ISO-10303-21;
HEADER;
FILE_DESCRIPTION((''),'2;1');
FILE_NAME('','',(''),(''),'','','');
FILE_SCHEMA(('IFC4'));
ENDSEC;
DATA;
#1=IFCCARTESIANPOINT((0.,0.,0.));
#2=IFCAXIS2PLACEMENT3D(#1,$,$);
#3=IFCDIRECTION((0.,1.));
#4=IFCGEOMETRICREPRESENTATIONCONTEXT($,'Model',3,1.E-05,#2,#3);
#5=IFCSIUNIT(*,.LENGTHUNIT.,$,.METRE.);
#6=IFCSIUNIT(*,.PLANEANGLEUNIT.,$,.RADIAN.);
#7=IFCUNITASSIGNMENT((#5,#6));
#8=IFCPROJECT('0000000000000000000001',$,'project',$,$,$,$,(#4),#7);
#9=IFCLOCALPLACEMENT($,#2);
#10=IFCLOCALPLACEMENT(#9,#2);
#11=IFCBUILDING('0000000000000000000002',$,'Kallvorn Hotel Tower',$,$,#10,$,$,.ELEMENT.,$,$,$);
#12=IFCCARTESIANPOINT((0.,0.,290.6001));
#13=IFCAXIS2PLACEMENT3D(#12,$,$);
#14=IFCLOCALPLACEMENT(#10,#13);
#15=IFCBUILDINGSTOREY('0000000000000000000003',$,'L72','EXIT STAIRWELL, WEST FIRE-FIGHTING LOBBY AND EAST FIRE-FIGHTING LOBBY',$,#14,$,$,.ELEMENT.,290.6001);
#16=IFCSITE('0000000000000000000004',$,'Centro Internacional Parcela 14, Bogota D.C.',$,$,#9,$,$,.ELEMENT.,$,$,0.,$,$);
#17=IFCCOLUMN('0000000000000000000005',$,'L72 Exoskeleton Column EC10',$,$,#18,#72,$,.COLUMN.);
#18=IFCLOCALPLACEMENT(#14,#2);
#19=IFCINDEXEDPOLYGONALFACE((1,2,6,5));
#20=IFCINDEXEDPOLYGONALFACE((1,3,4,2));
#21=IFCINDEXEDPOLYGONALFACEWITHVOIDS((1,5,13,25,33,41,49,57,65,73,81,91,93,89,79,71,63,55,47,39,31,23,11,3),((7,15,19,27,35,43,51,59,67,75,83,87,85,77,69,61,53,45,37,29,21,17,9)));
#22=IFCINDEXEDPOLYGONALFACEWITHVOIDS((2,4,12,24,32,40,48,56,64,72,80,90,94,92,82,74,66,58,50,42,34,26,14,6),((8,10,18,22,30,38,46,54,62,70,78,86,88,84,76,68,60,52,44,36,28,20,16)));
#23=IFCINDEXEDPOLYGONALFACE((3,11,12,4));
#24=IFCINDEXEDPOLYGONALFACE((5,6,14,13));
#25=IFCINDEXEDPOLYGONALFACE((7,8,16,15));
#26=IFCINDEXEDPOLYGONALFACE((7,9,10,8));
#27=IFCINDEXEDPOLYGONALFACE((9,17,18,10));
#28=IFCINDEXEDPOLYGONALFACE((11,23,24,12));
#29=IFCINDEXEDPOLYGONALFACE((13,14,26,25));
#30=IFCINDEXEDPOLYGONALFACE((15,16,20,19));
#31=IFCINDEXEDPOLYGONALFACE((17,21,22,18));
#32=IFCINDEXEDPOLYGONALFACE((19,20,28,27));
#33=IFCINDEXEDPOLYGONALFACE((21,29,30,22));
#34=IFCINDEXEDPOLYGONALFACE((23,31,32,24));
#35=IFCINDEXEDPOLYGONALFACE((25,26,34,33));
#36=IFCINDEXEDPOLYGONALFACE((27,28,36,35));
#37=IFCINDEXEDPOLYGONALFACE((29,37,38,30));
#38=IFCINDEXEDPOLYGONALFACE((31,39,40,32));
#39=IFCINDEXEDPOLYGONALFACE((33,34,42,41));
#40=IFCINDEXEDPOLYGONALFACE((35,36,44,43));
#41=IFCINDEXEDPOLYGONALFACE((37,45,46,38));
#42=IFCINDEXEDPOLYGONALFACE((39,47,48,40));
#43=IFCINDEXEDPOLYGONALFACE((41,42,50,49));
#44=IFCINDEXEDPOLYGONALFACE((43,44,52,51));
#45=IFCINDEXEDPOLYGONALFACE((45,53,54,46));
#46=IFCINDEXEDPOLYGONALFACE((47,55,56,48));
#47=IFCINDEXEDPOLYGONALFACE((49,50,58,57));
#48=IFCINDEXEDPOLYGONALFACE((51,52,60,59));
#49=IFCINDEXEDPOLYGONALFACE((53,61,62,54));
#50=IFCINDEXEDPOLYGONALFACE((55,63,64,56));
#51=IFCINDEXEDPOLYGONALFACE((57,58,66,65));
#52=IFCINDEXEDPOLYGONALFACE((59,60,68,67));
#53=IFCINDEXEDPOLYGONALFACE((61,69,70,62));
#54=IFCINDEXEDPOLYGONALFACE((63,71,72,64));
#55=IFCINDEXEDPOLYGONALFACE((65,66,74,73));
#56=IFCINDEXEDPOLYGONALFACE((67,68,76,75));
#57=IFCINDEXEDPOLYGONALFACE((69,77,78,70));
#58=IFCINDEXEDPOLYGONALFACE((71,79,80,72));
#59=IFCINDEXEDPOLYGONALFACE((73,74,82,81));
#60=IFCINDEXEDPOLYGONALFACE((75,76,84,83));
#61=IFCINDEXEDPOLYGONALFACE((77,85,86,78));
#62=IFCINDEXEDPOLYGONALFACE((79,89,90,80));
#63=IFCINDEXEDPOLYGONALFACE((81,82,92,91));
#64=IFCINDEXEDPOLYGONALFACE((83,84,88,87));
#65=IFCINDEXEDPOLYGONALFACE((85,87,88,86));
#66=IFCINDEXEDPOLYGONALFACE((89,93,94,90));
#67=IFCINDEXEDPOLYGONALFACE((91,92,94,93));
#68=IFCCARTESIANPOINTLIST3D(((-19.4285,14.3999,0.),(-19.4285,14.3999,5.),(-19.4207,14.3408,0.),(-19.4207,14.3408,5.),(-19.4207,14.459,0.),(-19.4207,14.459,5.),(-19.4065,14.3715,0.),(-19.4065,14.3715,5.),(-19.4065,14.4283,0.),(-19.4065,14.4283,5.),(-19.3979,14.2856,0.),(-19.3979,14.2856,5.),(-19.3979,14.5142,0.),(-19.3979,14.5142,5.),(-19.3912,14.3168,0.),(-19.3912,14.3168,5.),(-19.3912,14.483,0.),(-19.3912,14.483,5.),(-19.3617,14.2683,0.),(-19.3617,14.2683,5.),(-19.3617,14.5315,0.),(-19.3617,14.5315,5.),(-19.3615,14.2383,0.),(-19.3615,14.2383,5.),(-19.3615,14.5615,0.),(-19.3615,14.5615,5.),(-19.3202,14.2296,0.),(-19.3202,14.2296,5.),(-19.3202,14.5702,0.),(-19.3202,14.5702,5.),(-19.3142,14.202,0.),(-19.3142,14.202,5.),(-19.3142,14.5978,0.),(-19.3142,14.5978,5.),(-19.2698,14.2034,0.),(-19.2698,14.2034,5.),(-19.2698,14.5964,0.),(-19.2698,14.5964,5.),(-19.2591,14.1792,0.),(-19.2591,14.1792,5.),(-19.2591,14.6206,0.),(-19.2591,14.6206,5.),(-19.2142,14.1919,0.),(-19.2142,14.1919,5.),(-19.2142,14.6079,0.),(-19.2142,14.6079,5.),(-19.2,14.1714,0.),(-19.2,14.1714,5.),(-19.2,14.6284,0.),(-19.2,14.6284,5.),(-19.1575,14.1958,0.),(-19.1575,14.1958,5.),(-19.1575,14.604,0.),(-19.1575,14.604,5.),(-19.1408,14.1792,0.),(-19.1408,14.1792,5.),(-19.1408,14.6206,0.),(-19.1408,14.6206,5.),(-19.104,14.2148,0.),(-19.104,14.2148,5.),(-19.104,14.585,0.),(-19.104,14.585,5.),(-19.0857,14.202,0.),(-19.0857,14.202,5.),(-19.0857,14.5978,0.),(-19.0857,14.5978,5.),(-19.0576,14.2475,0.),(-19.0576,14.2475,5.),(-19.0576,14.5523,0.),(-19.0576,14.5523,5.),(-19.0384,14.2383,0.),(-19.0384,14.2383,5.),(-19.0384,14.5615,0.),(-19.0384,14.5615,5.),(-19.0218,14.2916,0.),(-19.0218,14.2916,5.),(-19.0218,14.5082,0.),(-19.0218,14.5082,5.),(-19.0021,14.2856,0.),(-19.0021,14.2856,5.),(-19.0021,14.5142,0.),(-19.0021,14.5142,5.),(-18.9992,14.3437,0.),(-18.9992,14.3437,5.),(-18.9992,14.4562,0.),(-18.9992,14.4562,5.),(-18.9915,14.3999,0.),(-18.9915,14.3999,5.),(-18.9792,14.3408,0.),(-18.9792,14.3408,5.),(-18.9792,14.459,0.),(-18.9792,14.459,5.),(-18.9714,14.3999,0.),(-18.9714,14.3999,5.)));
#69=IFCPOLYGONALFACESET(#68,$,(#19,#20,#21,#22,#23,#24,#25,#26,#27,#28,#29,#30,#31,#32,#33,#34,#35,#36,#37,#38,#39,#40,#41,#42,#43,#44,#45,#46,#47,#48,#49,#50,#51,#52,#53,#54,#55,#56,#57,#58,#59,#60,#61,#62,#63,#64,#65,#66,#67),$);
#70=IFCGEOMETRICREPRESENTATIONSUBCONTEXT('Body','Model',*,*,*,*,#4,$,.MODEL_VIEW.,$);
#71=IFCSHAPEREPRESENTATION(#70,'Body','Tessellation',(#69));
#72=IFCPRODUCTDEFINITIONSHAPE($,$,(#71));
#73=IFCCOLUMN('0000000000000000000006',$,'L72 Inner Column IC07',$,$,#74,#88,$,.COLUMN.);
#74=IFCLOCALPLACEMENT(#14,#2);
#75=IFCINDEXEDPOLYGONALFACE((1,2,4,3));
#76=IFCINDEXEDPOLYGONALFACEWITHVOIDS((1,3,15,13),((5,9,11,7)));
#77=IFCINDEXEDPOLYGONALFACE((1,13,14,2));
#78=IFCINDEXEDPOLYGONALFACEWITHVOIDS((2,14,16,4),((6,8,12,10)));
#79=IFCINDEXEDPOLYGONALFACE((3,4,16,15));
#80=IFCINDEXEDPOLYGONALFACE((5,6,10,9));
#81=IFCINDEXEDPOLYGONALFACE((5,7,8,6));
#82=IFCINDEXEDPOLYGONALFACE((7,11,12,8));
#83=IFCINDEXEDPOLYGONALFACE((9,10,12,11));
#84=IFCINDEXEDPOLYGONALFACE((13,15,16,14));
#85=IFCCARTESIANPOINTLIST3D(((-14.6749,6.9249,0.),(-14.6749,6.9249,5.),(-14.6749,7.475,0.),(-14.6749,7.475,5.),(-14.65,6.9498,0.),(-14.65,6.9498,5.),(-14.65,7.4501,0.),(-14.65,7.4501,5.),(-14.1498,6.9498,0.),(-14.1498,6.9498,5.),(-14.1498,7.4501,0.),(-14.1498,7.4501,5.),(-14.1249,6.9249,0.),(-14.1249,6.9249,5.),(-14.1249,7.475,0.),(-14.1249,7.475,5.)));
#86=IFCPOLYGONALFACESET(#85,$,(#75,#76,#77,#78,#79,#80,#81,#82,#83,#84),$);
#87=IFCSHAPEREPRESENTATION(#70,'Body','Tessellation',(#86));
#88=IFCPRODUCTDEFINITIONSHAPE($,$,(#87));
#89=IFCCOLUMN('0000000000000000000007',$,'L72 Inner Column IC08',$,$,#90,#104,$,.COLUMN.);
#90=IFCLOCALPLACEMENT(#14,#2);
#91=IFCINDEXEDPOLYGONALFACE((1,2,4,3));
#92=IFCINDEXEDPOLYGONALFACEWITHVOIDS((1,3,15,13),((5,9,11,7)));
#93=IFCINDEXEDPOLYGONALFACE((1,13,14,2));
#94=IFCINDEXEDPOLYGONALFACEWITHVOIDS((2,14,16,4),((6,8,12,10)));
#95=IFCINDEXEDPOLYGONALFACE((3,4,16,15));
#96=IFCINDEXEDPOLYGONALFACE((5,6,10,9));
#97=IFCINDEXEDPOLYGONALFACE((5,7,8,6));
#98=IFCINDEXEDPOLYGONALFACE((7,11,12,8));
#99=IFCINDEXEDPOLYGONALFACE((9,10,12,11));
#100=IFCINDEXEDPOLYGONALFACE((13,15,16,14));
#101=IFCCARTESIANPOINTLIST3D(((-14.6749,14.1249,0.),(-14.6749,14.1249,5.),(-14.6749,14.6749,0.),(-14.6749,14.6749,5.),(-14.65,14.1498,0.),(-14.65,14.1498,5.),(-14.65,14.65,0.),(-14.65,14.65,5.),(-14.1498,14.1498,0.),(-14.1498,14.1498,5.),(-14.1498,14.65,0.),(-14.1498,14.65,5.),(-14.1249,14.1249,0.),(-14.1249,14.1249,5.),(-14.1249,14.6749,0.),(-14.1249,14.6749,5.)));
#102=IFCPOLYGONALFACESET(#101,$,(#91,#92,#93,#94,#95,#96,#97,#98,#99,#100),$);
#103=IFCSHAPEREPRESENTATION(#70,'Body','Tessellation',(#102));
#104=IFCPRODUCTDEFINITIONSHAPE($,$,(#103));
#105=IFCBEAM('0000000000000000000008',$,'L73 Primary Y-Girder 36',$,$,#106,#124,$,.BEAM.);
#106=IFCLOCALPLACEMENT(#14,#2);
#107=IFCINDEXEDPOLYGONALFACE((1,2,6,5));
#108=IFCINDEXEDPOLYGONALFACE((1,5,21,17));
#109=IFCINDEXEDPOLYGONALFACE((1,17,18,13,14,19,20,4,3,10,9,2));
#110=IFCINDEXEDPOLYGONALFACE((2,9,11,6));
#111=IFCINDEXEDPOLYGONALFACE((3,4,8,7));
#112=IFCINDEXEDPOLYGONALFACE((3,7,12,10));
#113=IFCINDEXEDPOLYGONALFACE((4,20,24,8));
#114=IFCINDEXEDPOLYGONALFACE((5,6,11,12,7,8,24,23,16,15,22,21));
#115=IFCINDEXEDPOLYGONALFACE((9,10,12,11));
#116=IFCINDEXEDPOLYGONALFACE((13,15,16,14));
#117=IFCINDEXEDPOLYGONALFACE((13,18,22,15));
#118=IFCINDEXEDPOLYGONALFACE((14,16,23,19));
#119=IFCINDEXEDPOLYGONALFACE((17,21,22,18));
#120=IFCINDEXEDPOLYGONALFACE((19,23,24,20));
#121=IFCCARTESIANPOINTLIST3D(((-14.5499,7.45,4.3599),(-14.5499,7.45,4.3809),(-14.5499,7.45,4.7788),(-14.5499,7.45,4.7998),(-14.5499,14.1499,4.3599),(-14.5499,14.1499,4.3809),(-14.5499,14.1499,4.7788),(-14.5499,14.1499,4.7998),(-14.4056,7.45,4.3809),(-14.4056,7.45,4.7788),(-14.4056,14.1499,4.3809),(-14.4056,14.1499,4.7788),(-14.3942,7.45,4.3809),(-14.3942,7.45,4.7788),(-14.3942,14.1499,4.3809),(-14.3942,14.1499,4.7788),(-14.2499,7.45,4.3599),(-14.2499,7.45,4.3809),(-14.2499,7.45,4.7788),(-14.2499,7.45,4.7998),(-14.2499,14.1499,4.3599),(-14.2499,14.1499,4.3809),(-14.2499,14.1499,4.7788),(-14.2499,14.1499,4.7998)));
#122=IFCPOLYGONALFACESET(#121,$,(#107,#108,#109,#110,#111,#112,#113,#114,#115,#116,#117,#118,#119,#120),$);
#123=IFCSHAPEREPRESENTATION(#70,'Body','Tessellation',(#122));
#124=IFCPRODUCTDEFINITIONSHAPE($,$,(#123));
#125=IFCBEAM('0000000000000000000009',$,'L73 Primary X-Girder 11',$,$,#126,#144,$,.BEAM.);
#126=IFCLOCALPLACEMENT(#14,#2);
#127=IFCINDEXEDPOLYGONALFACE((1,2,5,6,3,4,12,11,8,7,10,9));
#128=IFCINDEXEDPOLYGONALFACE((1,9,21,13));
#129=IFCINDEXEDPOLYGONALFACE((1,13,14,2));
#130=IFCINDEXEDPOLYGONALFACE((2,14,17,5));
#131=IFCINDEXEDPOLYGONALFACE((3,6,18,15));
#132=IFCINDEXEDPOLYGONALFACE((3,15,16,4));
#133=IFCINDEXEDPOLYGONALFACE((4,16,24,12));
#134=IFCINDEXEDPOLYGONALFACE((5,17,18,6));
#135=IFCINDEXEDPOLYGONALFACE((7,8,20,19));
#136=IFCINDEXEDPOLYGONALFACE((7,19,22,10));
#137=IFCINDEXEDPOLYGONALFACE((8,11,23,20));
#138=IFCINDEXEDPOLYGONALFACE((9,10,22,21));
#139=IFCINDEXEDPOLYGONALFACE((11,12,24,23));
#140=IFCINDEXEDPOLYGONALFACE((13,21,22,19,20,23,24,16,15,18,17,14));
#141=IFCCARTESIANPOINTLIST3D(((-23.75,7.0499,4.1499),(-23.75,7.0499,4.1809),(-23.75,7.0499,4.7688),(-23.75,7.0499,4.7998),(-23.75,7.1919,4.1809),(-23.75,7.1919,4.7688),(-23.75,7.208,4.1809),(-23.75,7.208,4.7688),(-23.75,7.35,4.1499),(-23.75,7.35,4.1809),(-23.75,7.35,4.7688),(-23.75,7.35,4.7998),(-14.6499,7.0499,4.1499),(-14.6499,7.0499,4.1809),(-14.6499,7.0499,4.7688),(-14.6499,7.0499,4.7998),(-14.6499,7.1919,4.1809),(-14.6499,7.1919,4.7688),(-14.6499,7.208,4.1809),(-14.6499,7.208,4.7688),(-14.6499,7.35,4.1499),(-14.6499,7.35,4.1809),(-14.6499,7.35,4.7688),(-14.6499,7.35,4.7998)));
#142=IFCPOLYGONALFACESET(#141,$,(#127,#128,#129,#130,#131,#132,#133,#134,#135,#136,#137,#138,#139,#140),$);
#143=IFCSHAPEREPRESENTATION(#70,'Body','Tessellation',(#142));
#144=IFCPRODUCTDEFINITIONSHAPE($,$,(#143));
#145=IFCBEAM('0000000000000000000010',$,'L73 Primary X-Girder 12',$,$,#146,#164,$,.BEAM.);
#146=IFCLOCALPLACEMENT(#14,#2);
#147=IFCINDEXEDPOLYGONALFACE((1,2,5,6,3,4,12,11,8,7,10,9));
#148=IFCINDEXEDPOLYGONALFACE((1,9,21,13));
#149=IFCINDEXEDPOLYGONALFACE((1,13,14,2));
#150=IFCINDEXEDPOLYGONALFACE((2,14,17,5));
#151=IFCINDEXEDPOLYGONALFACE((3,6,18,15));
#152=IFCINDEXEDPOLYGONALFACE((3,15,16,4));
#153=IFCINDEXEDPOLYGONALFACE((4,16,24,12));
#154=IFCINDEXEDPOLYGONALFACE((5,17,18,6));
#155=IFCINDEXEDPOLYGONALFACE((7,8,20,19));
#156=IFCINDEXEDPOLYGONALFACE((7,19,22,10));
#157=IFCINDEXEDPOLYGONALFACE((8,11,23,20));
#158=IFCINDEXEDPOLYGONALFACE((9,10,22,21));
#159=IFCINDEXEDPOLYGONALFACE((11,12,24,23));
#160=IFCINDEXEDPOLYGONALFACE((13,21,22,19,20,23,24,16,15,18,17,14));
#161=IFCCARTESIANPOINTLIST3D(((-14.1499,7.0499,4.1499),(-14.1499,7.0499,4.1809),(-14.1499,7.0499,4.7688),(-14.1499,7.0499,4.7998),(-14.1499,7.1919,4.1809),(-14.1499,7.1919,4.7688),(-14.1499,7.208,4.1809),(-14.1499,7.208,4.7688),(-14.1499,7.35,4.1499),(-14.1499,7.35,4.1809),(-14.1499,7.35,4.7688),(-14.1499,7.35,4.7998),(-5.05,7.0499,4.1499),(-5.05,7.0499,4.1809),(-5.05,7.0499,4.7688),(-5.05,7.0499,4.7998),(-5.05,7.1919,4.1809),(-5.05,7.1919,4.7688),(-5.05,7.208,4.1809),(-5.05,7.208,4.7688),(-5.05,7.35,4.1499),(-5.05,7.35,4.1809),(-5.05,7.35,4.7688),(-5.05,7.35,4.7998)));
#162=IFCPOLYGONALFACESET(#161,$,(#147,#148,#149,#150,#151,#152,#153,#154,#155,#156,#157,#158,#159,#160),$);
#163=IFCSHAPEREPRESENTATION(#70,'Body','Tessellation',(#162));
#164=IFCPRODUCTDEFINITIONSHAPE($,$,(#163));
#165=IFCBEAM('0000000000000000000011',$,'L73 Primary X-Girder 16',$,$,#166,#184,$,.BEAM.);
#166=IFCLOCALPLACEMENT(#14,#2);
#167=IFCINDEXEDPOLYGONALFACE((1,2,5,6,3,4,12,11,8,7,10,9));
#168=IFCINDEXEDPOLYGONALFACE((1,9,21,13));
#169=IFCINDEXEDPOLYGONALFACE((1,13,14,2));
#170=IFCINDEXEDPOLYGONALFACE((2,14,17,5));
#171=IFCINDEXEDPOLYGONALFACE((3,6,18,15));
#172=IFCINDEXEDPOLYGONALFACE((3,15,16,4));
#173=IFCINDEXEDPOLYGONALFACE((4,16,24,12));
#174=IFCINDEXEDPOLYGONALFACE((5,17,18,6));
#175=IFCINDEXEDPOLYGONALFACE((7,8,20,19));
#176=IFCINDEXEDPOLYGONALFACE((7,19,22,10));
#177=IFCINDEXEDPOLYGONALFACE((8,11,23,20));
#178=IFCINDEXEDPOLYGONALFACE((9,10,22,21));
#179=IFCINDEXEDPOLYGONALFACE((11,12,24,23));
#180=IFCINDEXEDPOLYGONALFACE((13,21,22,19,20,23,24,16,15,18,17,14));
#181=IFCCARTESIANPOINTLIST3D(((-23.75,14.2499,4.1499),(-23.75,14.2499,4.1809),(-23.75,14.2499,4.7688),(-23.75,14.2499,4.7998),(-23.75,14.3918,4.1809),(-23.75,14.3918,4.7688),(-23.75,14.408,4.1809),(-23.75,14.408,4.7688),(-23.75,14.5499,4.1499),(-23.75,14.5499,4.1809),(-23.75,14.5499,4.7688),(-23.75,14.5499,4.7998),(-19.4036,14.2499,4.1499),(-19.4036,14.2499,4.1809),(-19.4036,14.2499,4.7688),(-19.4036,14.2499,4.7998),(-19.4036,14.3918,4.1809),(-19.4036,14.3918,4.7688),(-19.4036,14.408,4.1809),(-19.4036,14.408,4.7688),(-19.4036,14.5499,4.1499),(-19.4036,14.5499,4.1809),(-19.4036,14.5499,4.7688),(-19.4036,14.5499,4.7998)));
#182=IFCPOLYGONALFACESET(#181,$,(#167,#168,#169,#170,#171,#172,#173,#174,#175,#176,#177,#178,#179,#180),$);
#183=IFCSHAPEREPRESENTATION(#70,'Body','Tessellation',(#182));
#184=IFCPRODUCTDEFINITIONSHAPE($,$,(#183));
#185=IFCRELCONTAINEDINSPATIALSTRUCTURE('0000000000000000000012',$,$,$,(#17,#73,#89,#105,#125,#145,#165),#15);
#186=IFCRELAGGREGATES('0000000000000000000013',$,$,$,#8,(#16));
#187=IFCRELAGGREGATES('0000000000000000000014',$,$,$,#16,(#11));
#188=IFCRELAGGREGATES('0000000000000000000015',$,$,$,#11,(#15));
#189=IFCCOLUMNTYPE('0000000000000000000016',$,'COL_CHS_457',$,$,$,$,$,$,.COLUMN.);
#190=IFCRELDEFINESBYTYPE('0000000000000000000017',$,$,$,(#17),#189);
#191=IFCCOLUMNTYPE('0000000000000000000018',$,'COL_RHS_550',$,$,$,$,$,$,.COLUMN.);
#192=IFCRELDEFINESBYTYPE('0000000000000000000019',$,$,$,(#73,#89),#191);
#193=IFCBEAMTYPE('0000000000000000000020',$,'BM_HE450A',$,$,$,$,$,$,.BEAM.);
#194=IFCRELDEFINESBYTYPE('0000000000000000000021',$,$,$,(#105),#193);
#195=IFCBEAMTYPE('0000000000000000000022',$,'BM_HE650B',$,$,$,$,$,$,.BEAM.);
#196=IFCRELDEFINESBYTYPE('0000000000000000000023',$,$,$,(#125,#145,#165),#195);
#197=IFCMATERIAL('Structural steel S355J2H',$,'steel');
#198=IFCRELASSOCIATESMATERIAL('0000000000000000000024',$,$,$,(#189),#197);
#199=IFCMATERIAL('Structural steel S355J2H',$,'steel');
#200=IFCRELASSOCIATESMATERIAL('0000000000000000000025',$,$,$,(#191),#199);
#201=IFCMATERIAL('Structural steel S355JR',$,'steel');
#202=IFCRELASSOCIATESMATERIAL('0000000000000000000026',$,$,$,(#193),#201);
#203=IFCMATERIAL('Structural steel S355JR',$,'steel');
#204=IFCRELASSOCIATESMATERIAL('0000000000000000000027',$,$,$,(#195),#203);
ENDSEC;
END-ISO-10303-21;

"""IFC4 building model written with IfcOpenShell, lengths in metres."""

from ifc_helpers import new_model, si_unit, direction, frame, origin, origin_2d, place, context, subcontext, project, spatial, hollow_rectangle, hollow_circle, i_section, extrude, material, material_profile, profile_set, type_object, element, save


model = new_model("IFC4")

# Units and contexts
model_context = context("Model", 3, precision=1e-05, world=origin(), true_north=direction((0.0, 1.0)))
body_context = subcontext(model_context, "Body", "Model", "MODEL_VIEW")
ifc_project = project(units=[si_unit("LENGTHUNIT", "METRE"), si_unit("PLANEANGLEUNIT", "RADIAN")], contexts=[model_context])

# Site, building, storey
site_placement = place(None, origin())
site = spatial("IfcSite", under=ifc_project, at=site_placement, Name="Centro Internacional Parcela 14, Bogota D.C.", CompositionType="ELEMENT", RefElevation=0.0)
building_placement = place(site_placement, origin())
building = spatial("IfcBuilding", under=site, at=building_placement, Name="Kallvorn Hotel Tower", CompositionType="ELEMENT")
storey_placement = place(building_placement, frame((0.0, 0.0, 290.6001)))
storey = spatial("IfcBuildingStorey", under=building, at=storey_placement, Name="L72", Description="EXIT STAIRWELL, WEST FIRE-FIGHTING LOBBY AND EAST FIRE-FIGHTING LOBBY", CompositionType="ELEMENT", Elevation=290.6001)

# Columns
ifc_material_1 = material(Name="Structural steel S355J2H", Category="steel")
ifc_material_profile_1 = material_profile(ifc_material_1, hollow_circle(Radius=0.2285, WallThickness=0.02, at=origin_2d()), Name="CHS 457x20")
ifc_profile_set_1 = profile_set([ifc_material_profile_1], Name="Structural steel S355J2H")
column_type_1 = type_object("IfcColumnType", Name="COL_CHS_457", PredefinedType="COLUMN", material=ifc_profile_set_1)
column_placement = place(storey_placement, frame((-19.2, 14.3999, 0.0), z_axis=(0.0, 0.0, 1.0), x_axis=(1.0, 0.0, 0.0)))
element("IfcColumn", 1, at=column_placement, inside=storey, type_object=column_type_1, Name="L72 Exoskeleton Column EC10", PredefinedType="COLUMN", context=body_context, shape_type="SweptSolid", body=[
    extrude(hollow_circle(Radius=0.2285, WallThickness=0.02, at=origin_2d()), origin(), (0.0, 0.0, 1.0), 5.0),
])
ifc_material_2 = material(Name="Structural steel S355J2H", Category="steel")
ifc_material_profile_2 = material_profile(ifc_material_2, hollow_rectangle(XDim=0.55, YDim=0.55, WallThickness=0.0249, at=origin_2d()), Name="RHS 550x550x25")
ifc_profile_set_2 = profile_set([ifc_material_profile_2], Name="Structural steel S355J2H")
column_type_2 = type_object("IfcColumnType", Name="COL_RHS_550", PredefinedType="COLUMN", material=ifc_profile_set_2)
for number, where, z_axis, x_axis, name in (
    (2, (-14.3999, 7.2, 0.0), (0.0, 0.0, 1.0), (1.0, 0.0, 0.0), "L72 Inner Column IC07"),
    (3, (-14.3999, 14.3999, 0.0), (0.0, 0.0, 1.0), (1.0, 0.0, 0.0), "L72 Inner Column IC08"),
):
    element("IfcColumn", number, at=place(storey_placement, frame(where, z_axis=z_axis, x_axis=x_axis)), inside=storey, type_object=column_type_2, Name=name, PredefinedType="COLUMN", context=body_context, shape_type="SweptSolid", body=[
        extrude(hollow_rectangle(XDim=0.55, YDim=0.55, WallThickness=0.0249, at=origin_2d()), origin(), (0.0, 0.0, 1.0), 5.0),
    ])

# Beams
ifc_material_3 = material(Name="Structural steel S355JR", Category="steel")
ifc_material_profile_3 = material_profile(ifc_material_3, i_section(OverallWidth=0.3, OverallDepth=0.4399, WebThickness=0.0115, FlangeThickness=0.021, at=origin_2d()), Name="HE 450 A")
ifc_profile_set_3 = profile_set([ifc_material_profile_3], Name="Structural steel S355JR")
beam_type_1 = type_object("IfcBeamType", Name="BM_HE450A", PredefinedType="BEAM", material=ifc_profile_set_3)
beam_1_placement = place(storey_placement, frame((-14.3999, 7.45, 4.5798), z_axis=(0.0, 1.0, 0.0), x_axis=(-1.0, 0.0, 0.0)))
element("IfcBeam", 4, at=beam_1_placement, inside=storey, type_object=beam_type_1, Name="L73 Primary Y-Girder 36", PredefinedType="BEAM", context=body_context, shape_type="SweptSolid", body=[
    extrude(i_section(OverallWidth=0.3, OverallDepth=0.4399, WebThickness=0.0115, FlangeThickness=0.021, at=origin_2d()), origin(), (0.0, 0.0, 1.0), 6.7),
])
ifc_material_4 = material(Name="Structural steel S355JR", Category="steel")
ifc_material_profile_4 = material_profile(ifc_material_4, i_section(OverallWidth=0.3, OverallDepth=0.6499, WebThickness=0.0161, FlangeThickness=0.031, at=origin_2d()), Name="HE 650 B")
ifc_profile_set_4 = profile_set([ifc_material_profile_4], Name="Structural steel S355JR")
beam_type_2 = type_object("IfcBeamType", Name="BM_HE650B", PredefinedType="BEAM", material=ifc_profile_set_4)
beam_2_placement = place(storey_placement, frame((-23.75, 7.2, 4.4749), z_axis=(1.0, 0.0, 0.0), x_axis=(0.0, 1.0, 0.0)))
element("IfcBeam", 5, at=beam_2_placement, inside=storey, type_object=beam_type_2, Name="L73 Primary X-Girder 11", PredefinedType="BEAM", context=body_context, shape_type="SweptSolid", body=[
    extrude(i_section(OverallWidth=0.3, OverallDepth=0.6499, WebThickness=0.0161, FlangeThickness=0.031, at=origin_2d()), origin(), (0.0, 0.0, 1.0), 9.1001),
])
beam_3_placement = place(storey_placement, frame((-14.1499, 7.2, 4.4749), z_axis=(1.0, 0.0, 0.0), x_axis=(0.0, 1.0, 0.0)))
element("IfcBeam", 6, at=beam_3_placement, inside=storey, type_object=beam_type_2, Name="L73 Primary X-Girder 12", PredefinedType="BEAM", context=body_context, shape_type="SweptSolid", body=[
    extrude(i_section(OverallWidth=0.3, OverallDepth=0.6499, WebThickness=0.0161, FlangeThickness=0.031, at=origin_2d()), origin(), (0.0, 0.0, 1.0), 9.0999),
])
beam_4_placement = place(storey_placement, frame((-23.75, 14.3999, 4.4749), z_axis=(1.0, 0.0, 0.0), x_axis=(0.0, 1.0, 0.0)))
element("IfcBeam", 7, at=beam_4_placement, inside=storey, type_object=beam_type_2, Name="L73 Primary X-Girder 16", PredefinedType="BEAM", context=body_context, shape_type="SweptSolid", body=[
    extrude(i_section(OverallWidth=0.3, OverallDepth=0.6499, WebThickness=0.0161, FlangeThickness=0.031, at=origin_2d()), origin(), (0.0, 0.0, 1.0), 4.3464),
])

save(model, "model.ifc")
